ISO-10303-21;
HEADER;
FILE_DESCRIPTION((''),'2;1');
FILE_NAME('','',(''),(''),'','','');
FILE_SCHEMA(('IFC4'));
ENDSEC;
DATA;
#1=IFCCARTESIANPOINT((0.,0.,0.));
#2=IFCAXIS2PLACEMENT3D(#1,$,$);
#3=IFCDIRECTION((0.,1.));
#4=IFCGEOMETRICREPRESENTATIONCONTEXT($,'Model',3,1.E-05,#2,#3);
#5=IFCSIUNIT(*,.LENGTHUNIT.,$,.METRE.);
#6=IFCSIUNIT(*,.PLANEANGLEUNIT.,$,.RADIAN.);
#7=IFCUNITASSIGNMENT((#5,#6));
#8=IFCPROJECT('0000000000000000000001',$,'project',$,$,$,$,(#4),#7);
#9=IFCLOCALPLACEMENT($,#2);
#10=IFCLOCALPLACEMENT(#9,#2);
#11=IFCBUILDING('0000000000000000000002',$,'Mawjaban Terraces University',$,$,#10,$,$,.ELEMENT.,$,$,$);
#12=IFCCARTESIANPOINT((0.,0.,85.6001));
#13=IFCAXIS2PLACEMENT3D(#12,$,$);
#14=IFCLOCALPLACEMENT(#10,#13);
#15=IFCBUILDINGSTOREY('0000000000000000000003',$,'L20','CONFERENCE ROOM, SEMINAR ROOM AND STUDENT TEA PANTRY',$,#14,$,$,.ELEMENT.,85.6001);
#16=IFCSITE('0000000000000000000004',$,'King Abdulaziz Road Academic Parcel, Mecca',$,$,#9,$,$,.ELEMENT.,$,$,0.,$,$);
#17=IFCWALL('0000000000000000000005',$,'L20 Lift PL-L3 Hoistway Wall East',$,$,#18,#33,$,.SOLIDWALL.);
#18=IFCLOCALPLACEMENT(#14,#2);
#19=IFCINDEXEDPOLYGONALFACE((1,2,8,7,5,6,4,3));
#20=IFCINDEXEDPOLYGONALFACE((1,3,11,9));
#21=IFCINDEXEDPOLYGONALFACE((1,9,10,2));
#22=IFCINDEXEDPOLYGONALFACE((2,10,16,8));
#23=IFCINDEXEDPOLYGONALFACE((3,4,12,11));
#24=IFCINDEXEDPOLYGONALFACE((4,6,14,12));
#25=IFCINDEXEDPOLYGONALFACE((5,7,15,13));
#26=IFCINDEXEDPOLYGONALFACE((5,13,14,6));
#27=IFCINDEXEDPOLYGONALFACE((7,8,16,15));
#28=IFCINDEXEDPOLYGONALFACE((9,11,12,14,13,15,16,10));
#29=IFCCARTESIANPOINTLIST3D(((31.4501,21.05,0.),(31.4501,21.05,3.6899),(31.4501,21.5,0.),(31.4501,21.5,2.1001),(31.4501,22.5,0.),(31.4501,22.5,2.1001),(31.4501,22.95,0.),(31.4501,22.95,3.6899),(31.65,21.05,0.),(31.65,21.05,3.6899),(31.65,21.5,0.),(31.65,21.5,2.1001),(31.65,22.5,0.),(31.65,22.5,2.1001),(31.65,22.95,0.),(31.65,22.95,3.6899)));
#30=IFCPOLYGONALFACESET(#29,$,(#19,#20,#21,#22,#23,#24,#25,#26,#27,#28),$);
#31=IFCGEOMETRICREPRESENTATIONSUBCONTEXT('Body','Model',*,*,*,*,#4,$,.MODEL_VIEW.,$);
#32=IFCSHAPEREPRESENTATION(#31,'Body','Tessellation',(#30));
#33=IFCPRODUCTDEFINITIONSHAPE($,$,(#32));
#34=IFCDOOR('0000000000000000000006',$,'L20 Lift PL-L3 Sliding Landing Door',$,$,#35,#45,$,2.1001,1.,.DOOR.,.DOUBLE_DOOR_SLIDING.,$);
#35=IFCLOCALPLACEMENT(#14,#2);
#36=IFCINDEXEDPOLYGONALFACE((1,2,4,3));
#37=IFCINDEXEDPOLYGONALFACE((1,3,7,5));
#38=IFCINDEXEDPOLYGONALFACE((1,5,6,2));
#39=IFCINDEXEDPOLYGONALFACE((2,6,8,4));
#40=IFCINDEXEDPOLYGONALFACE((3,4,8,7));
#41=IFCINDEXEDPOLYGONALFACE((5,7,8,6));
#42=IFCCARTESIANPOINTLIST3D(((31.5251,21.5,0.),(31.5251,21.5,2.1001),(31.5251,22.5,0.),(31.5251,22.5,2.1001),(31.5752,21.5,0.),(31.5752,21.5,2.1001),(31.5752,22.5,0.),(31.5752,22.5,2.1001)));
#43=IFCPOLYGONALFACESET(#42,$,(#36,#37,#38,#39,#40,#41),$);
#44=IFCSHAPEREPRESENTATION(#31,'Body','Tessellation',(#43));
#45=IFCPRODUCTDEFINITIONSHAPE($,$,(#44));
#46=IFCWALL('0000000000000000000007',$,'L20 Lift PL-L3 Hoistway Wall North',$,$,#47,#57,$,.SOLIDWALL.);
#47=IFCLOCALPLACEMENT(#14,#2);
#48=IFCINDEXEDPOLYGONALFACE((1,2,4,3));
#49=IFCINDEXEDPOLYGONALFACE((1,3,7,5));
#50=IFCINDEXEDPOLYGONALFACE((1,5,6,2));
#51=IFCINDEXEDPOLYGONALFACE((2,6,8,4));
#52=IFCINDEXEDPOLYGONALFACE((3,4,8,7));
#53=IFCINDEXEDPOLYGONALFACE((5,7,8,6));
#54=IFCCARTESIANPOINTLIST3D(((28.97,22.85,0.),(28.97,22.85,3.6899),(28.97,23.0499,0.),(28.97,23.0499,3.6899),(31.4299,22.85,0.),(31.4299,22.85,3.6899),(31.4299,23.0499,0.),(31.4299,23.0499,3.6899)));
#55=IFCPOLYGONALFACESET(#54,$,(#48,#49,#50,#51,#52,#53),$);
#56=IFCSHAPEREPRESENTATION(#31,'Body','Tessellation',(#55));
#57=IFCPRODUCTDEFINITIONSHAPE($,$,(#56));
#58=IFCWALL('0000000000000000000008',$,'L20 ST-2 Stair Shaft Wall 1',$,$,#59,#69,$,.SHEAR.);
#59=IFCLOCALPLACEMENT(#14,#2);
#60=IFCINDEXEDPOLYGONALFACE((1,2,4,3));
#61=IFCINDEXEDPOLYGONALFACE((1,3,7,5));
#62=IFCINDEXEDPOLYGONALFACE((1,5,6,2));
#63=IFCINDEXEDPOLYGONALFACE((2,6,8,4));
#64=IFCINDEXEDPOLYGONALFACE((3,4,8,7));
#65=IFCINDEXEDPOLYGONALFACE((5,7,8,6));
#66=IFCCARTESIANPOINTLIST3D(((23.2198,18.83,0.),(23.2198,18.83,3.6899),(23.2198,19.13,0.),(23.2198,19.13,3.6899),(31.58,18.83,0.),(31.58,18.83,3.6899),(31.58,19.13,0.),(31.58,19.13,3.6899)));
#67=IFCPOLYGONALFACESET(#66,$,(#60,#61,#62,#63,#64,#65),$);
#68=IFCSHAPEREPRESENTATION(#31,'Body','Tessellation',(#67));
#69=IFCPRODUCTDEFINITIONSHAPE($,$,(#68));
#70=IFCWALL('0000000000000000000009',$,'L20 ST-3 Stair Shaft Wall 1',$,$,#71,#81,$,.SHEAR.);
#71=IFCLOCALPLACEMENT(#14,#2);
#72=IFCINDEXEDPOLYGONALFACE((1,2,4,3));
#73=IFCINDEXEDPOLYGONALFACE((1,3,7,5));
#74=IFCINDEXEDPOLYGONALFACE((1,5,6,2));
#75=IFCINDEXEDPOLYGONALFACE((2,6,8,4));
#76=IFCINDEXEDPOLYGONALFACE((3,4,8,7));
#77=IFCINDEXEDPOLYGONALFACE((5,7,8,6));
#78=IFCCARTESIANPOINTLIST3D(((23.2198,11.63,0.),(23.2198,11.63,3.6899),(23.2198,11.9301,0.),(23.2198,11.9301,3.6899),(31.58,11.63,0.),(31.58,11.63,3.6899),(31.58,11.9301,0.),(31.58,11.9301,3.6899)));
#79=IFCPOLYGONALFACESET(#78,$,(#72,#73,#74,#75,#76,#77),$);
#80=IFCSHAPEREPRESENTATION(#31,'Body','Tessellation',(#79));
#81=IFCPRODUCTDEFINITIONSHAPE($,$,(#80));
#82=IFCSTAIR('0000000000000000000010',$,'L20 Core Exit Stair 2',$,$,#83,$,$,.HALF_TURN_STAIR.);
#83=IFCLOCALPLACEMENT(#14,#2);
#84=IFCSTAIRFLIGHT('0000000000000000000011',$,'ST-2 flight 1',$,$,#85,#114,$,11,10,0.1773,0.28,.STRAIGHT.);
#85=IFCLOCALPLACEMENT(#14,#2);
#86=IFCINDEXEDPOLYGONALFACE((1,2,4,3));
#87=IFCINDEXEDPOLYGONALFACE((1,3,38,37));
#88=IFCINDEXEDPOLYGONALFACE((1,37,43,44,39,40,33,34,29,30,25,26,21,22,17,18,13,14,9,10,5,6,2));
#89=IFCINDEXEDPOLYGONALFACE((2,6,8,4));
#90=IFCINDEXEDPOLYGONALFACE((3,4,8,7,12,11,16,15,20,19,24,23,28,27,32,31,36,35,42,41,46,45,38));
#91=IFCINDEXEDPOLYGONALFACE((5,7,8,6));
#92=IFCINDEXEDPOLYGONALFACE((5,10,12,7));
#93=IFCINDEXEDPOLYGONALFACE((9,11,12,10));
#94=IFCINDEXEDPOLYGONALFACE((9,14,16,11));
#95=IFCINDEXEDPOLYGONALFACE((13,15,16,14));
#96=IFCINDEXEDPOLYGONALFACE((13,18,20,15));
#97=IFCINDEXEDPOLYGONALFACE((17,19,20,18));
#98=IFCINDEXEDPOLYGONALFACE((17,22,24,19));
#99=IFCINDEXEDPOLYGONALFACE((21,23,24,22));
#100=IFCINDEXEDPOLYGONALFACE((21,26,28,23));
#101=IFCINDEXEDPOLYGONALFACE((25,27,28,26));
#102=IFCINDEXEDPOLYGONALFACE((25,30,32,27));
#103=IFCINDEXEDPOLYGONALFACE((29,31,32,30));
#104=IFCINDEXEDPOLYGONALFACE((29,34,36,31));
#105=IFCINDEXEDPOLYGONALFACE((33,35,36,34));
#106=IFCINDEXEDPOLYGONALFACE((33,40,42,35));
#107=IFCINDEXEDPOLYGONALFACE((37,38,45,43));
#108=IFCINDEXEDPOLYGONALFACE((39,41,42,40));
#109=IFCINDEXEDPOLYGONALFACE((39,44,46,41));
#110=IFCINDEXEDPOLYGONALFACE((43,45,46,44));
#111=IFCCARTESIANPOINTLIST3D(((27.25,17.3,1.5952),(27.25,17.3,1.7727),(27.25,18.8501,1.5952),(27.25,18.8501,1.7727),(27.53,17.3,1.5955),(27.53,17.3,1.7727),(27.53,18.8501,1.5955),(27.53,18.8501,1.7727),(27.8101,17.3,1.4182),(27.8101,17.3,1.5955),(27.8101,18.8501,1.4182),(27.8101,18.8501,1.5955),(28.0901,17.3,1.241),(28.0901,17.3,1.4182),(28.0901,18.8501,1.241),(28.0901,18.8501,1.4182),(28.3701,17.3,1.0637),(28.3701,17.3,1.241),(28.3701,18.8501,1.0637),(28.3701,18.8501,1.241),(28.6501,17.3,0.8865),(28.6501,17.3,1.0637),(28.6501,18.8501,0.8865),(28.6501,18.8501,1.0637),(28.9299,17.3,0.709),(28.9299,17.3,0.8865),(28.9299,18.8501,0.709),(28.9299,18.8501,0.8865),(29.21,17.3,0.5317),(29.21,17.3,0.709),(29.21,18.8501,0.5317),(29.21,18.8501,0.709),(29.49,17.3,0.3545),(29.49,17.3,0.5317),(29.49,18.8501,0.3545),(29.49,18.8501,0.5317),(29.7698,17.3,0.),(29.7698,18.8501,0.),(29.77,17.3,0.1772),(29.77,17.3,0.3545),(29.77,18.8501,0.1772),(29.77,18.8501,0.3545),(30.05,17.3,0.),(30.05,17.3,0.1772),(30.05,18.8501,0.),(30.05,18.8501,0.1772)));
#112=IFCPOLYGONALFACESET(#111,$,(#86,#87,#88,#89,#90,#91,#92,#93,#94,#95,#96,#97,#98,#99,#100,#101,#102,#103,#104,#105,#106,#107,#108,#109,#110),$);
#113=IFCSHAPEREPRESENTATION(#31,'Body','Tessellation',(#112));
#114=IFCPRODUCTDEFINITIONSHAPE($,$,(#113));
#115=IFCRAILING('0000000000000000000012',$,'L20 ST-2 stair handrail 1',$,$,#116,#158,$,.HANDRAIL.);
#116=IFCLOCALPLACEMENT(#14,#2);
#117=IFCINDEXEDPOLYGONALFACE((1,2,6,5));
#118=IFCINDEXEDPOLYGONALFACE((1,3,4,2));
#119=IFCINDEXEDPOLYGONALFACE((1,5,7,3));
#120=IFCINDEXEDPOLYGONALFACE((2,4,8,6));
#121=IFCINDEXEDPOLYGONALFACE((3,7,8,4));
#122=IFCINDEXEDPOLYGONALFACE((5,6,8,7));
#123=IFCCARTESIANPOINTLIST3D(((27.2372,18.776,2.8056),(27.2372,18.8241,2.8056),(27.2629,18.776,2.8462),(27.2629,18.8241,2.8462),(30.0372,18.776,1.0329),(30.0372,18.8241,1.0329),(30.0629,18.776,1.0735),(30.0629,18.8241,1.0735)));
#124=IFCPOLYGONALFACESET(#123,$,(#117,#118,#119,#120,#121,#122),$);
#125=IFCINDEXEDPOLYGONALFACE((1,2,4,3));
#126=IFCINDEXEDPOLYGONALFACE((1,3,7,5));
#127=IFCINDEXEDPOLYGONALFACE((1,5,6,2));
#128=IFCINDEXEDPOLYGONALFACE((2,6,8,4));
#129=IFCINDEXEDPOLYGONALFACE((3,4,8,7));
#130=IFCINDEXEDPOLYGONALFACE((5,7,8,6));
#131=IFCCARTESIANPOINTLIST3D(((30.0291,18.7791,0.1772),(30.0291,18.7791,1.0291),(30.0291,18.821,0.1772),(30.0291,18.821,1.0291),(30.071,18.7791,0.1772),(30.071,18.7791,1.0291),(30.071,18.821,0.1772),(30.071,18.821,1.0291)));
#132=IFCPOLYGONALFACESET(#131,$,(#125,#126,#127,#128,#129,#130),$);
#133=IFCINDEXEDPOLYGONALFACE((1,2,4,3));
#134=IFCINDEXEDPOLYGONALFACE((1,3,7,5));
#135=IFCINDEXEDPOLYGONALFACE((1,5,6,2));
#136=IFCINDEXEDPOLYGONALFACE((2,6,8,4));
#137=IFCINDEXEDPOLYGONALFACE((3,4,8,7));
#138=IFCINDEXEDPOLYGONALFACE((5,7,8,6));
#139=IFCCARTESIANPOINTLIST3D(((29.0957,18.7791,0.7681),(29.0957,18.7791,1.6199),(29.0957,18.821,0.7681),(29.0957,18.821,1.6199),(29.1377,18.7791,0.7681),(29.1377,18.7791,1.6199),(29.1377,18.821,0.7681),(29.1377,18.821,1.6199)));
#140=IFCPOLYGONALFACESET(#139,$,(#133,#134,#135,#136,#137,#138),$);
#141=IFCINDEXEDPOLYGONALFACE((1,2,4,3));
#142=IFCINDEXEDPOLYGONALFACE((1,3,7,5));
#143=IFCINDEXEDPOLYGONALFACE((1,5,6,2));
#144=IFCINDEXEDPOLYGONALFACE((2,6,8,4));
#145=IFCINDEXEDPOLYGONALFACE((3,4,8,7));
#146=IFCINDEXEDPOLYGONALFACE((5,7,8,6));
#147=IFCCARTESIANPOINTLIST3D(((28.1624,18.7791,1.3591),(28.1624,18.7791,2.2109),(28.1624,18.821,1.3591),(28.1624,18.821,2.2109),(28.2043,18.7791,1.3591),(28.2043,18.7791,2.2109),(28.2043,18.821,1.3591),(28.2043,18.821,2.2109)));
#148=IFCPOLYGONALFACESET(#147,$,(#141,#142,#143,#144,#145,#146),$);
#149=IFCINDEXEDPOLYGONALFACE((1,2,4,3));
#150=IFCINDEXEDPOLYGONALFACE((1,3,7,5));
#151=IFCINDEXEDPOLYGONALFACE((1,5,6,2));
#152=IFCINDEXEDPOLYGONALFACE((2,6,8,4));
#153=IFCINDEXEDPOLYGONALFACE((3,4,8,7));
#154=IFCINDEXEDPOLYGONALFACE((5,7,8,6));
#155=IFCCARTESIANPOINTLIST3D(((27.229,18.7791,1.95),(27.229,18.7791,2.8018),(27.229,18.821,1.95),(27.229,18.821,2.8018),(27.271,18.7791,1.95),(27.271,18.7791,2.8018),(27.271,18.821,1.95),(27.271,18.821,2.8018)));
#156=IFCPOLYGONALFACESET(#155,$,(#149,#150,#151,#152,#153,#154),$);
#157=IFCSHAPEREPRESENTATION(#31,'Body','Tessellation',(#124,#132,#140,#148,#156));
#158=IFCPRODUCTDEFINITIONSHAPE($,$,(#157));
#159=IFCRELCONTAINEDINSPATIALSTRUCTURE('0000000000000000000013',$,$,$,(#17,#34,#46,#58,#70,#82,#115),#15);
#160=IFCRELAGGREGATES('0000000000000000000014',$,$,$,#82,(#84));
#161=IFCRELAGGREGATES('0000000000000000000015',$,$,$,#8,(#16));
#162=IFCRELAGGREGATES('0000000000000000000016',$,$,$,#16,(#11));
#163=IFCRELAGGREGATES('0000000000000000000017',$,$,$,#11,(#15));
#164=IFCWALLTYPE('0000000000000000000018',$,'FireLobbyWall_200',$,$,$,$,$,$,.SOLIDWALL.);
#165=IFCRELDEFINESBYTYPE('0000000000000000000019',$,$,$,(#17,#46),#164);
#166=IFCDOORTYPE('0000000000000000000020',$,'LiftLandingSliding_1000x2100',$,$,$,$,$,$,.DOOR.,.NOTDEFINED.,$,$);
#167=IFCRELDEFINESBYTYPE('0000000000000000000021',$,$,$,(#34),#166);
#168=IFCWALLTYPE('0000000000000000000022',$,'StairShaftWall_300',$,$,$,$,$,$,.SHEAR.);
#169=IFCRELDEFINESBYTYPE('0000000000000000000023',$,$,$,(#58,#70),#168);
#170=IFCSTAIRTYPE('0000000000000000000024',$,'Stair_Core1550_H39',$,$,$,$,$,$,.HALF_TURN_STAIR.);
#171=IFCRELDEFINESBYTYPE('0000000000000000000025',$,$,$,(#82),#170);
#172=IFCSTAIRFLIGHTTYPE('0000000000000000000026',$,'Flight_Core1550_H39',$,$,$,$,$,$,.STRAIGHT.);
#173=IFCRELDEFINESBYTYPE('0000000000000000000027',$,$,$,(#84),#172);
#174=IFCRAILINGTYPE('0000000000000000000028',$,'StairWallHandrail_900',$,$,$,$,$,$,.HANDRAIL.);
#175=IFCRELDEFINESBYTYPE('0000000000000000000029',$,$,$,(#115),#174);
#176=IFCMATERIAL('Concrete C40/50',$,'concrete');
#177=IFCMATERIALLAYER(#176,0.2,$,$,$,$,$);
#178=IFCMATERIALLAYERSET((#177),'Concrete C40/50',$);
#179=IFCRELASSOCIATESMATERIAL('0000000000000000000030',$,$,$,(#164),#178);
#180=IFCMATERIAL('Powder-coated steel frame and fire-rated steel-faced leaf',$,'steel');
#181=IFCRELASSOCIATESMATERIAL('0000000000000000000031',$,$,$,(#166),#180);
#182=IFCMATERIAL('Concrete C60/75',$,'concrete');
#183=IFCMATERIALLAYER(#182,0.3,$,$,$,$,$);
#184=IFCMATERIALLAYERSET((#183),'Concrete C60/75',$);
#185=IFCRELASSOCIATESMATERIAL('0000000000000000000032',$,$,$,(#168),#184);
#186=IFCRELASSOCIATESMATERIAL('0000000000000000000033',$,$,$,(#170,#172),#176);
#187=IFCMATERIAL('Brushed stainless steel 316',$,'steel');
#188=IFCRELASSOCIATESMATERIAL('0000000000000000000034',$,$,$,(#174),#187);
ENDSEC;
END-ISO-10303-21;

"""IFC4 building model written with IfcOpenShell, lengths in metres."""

from ifc_helpers import new_model, si_unit, direction, frame, frame_2d, origin, origin_2d, place, context, subcontext, project, spatial, polyline, rectangle, outline, extrude, material, layer, layer_set, type_object, element, fill, aggregate, save


model = new_model("IFC4")

# Units and contexts
model_context = context("Model", 3, precision=1e-05, world=origin(), true_north=direction((0.0, 1.0)))
body_context = subcontext(model_context, "Body", "Model", "MODEL_VIEW")
ifc_project = project(units=[si_unit("LENGTHUNIT", "METRE"), si_unit("PLANEANGLEUNIT", "RADIAN")], contexts=[model_context])

# Site, building, storey
site_placement = place(None, origin())
site = spatial("IfcSite", under=ifc_project, at=site_placement, Name="King Abdulaziz Road Academic Parcel, Mecca", CompositionType="ELEMENT", RefElevation=0.0)
building_placement = place(site_placement, origin())
building = spatial("IfcBuilding", under=site, at=building_placement, Name="Mawjaban Terraces University", CompositionType="ELEMENT")
storey_placement = place(building_placement, frame((0.0, 0.0, 85.6001)))
storey = spatial("IfcBuildingStorey", under=building, at=storey_placement, Name="L20", Description="CONFERENCE ROOM, SEMINAR ROOM AND STUDENT TEA PANTRY", CompositionType="ELEMENT", Elevation=85.6001)

# Shared definitions
ifc_material_1 = material(Name="Concrete C40/50", Category="concrete")
ifc_layer_1 = layer(ifc_material_1, 0.2)
ifc_layer_set_1 = layer_set([ifc_layer_1], Name="Concrete C40/50")
wall_type_1 = type_object("IfcWallType", Name="FireLobbyWall_200", PredefinedType="SOLIDWALL", material=ifc_layer_set_1)

# Shared definitions
ifc_material_2 = material(Name="Powder-coated steel frame and fire-rated steel-faced leaf", Category="steel")
door_type_1 = type_object("IfcDoorType", Name="LiftLandingSliding_1000x2100", OperationType="NOTDEFINED", PredefinedType="DOOR", material=ifc_material_2)

# Wall, opening, door
wall_1_placement = place(storey_placement, frame((31.55, 21.05, 0.0), z_axis=(0.0, 0.0, 1.0), x_axis=(0.0, 1.0, 0.0)))
wall_1 = element("IfcWall", 1, at=wall_1_placement, inside=storey, type_object=wall_type_1, Name="L20 Lift PL-L3 Hoistway Wall East", PredefinedType="SOLIDWALL", context=body_context, shape_type="SweptSolid", body=[
    extrude(rectangle(XDim=1.8999, YDim=0.2, at=frame_2d((0.95, 0.0))), origin(), (0.0, 0.0, 1.0), 3.6899),
])
opening_1_placement = place(wall_1_placement, frame((0.45, 0.0, 0.0)))
opening_1 = element("IfcOpeningElement", 2, at=opening_1_placement, cuts=wall_1, PredefinedType="OPENING", context=body_context, shape_type="SweptSolid", body=[
    extrude(rectangle(XDim=1.0, YDim=2.1001, at=frame_2d((0.5, 1.05))), frame((0.0, 0.1099, 0.0), z_axis=(0.0, -1.0, 0.0), x_axis=(1.0, 0.0, 0.0)), (0.0, 0.0, 1.0), 0.22),
])
door_1_placement = place(opening_1_placement, origin())
door_1 = element("IfcDoor", 3, at=door_1_placement, inside=storey, type_object=door_type_1, Name="L20 Lift PL-L3 Sliding Landing Door", OperationType="DOUBLE_DOOR_SLIDING", OverallHeight=2.1001, OverallWidth=1.0, PredefinedType="DOOR", context=body_context, shape_type="SweptSolid", body=[
    extrude(rectangle(XDim=1.0, YDim=2.1001, at=frame_2d((0.5, 1.05))), frame((0.0, 0.0249, 0.0), z_axis=(0.0, -1.0, 0.0), x_axis=(1.0, 0.0, 0.0)), (0.0, 0.0, 1.0), 0.05),
])
fill(opening_1, door_1)

# Walls
wall_2_placement = place(storey_placement, frame((31.4299, 22.95, 0.0), z_axis=(0.0, 0.0, 1.0), x_axis=(-1.0, 0.0, 0.0)))
element("IfcWall", 4, at=wall_2_placement, inside=storey, type_object=wall_type_1, Name="L20 Lift PL-L3 Hoistway Wall North", PredefinedType="SOLIDWALL", context=body_context, shape_type="SweptSolid", body=[
    extrude(rectangle(XDim=2.46, YDim=0.2, at=frame_2d((1.23, 0.0))), origin(), (0.0, 0.0, 1.0), 3.6899),
])
ifc_material_3 = material(Name="Concrete C60/75", Category="concrete")
ifc_layer_2 = layer(ifc_material_3, 0.3)
ifc_layer_set_2 = layer_set([ifc_layer_2], Name="Concrete C60/75")
wall_type_2 = type_object("IfcWallType", Name="StairShaftWall_300", PredefinedType="SHEAR", material=ifc_layer_set_2)
wall_3_placement = place(storey_placement, frame((31.5801, 18.98, 0.0), z_axis=(0.0, 0.0, 1.0), x_axis=(-1.0, 0.0, 0.0)))
element("IfcWall", 5, at=wall_3_placement, inside=storey, type_object=wall_type_2, Name="L20 ST-2 Stair Shaft Wall 1", PredefinedType="SHEAR", context=body_context, shape_type="SweptSolid", body=[
    extrude(rectangle(XDim=8.3601, YDim=0.3, at=frame_2d((4.1802, 0.0))), origin(), (0.0, 0.0, 1.0), 3.6899),
])

# Wall
wall_4_placement = place(storey_placement, frame((31.5801, 11.78, 0.0), z_axis=(0.0, 0.0, 1.0), x_axis=(-1.0, 0.0, 0.0)))
element("IfcWall", 6, at=wall_4_placement, inside=storey, type_object=wall_type_2, Name="L20 ST-3 Stair Shaft Wall 1", PredefinedType="SHEAR", context=body_context, shape_type="SweptSolid", body=[
    extrude(rectangle(XDim=8.3601, YDim=0.3, at=frame_2d((4.1802, 0.0))), origin(), (0.0, 0.0, 1.0), 3.6899),
])

# Stair, stair flight
stair_type = type_object("IfcStairType", Name="Stair_Core1550_H39", PredefinedType="HALF_TURN_STAIR", material=ifc_material_1)
stair_placement = place(storey_placement, origin())
stair = element("IfcStair", 7, at=stair_placement, inside=storey, type_object=stair_type, Name="L20 Core Exit Stair 2", PredefinedType="HALF_TURN_STAIR")
stair_flight_type = type_object("IfcStairFlightType", Name="Flight_Core1550_H39", PredefinedType="STRAIGHT", material=ifc_material_1)
stair_flight_placement = place(storey_placement, frame((30.05, 18.075, 0.0), z_axis=(0.0, 0.0, 1.0), x_axis=(-1.0, 0.0, 0.0)))
stair_flight = element("IfcStairFlight", 8, at=stair_flight_placement, type_object=stair_flight_type, Name="ST-2 flight 1", NumberOfRisers=11, NumberOfTreads=10, PredefinedType="STRAIGHT", RiserHeight=0.1773, TreadLength=0.28, context=body_context, shape_type="SweptSolid", body=[
    extrude(outline(polyline([(0.0, 0.0), (0.0, 0.1772), (0.28, 0.1772), (0.28, 0.3545), (0.5601, 0.3545), (0.5601, 0.5317), (0.8401, 0.5317), (0.8401, 0.709), (1.1201, 0.709), (1.1201, 0.8865), (1.3999, 0.8865), (1.3999, 1.0637), (1.6799, 1.0637), (1.6799, 1.241), (1.96, 1.241), (1.96, 1.4182), (2.24, 1.4182), (2.24, 1.5955), (2.52, 1.5955), (2.52, 1.7727), (2.8, 1.7727), (2.8, 1.95), (2.8, 1.5952), (0.2803, 0.0), (0.0, 0.0)])), frame((0.0, 0.7749, 0.0), z_axis=(0.0, -1.0, 0.0), x_axis=(1.0, 0.0, 0.0)), (0.0, 0.0, 1.0), 1.55),
])
aggregate(stair, [stair_flight])

# Railing
ifc_material_4 = material(Name="Brushed stainless steel 316", Category="steel")
railing_type_1 = type_object("IfcRailingType", Name="StairWallHandrail_900", PredefinedType="HANDRAIL", material=ifc_material_4)
railing_1_placement = place(storey_placement, frame((30.05, 18.8, 0.1772)))
element("IfcRailing", 9, at=railing_1_placement, inside=storey, type_object=railing_type_1, Name="L20 ST-2 stair handrail 1", PredefinedType="HANDRAIL", context=body_context, shape_type="SweptSolid", body=[
    extrude(rectangle(XDim=0.0481, YDim=0.0481, at=origin_2d()), frame((0.0, 0.0, 0.876), z_axis=(-0.844909, 0.0, 0.53491), x_axis=(0.0, -1.0, 0.0)), (0.0, 0.0, 1.0), 3.314),
    extrude(rectangle(XDim=0.042, YDim=0.042, at=origin_2d()), origin(), (0.0, 0.0, 1.0), 0.8518),
    extrude(rectangle(XDim=0.042, YDim=0.042, at=origin_2d()), frame((-0.9333, 0.0, 0.5908)), (0.0, 0.0, 1.0), 0.8518),
    extrude(rectangle(XDim=0.042, YDim=0.042, at=origin_2d()), frame((-1.8667, 0.0, 1.1819)), (0.0, 0.0, 1.0), 0.8518),
    extrude(rectangle(XDim=0.042, YDim=0.042, at=origin_2d()), frame((-2.8, 0.0, 1.7727)), (0.0, 0.0, 1.0), 0.8518),
])

save(model, "model.ifc")
